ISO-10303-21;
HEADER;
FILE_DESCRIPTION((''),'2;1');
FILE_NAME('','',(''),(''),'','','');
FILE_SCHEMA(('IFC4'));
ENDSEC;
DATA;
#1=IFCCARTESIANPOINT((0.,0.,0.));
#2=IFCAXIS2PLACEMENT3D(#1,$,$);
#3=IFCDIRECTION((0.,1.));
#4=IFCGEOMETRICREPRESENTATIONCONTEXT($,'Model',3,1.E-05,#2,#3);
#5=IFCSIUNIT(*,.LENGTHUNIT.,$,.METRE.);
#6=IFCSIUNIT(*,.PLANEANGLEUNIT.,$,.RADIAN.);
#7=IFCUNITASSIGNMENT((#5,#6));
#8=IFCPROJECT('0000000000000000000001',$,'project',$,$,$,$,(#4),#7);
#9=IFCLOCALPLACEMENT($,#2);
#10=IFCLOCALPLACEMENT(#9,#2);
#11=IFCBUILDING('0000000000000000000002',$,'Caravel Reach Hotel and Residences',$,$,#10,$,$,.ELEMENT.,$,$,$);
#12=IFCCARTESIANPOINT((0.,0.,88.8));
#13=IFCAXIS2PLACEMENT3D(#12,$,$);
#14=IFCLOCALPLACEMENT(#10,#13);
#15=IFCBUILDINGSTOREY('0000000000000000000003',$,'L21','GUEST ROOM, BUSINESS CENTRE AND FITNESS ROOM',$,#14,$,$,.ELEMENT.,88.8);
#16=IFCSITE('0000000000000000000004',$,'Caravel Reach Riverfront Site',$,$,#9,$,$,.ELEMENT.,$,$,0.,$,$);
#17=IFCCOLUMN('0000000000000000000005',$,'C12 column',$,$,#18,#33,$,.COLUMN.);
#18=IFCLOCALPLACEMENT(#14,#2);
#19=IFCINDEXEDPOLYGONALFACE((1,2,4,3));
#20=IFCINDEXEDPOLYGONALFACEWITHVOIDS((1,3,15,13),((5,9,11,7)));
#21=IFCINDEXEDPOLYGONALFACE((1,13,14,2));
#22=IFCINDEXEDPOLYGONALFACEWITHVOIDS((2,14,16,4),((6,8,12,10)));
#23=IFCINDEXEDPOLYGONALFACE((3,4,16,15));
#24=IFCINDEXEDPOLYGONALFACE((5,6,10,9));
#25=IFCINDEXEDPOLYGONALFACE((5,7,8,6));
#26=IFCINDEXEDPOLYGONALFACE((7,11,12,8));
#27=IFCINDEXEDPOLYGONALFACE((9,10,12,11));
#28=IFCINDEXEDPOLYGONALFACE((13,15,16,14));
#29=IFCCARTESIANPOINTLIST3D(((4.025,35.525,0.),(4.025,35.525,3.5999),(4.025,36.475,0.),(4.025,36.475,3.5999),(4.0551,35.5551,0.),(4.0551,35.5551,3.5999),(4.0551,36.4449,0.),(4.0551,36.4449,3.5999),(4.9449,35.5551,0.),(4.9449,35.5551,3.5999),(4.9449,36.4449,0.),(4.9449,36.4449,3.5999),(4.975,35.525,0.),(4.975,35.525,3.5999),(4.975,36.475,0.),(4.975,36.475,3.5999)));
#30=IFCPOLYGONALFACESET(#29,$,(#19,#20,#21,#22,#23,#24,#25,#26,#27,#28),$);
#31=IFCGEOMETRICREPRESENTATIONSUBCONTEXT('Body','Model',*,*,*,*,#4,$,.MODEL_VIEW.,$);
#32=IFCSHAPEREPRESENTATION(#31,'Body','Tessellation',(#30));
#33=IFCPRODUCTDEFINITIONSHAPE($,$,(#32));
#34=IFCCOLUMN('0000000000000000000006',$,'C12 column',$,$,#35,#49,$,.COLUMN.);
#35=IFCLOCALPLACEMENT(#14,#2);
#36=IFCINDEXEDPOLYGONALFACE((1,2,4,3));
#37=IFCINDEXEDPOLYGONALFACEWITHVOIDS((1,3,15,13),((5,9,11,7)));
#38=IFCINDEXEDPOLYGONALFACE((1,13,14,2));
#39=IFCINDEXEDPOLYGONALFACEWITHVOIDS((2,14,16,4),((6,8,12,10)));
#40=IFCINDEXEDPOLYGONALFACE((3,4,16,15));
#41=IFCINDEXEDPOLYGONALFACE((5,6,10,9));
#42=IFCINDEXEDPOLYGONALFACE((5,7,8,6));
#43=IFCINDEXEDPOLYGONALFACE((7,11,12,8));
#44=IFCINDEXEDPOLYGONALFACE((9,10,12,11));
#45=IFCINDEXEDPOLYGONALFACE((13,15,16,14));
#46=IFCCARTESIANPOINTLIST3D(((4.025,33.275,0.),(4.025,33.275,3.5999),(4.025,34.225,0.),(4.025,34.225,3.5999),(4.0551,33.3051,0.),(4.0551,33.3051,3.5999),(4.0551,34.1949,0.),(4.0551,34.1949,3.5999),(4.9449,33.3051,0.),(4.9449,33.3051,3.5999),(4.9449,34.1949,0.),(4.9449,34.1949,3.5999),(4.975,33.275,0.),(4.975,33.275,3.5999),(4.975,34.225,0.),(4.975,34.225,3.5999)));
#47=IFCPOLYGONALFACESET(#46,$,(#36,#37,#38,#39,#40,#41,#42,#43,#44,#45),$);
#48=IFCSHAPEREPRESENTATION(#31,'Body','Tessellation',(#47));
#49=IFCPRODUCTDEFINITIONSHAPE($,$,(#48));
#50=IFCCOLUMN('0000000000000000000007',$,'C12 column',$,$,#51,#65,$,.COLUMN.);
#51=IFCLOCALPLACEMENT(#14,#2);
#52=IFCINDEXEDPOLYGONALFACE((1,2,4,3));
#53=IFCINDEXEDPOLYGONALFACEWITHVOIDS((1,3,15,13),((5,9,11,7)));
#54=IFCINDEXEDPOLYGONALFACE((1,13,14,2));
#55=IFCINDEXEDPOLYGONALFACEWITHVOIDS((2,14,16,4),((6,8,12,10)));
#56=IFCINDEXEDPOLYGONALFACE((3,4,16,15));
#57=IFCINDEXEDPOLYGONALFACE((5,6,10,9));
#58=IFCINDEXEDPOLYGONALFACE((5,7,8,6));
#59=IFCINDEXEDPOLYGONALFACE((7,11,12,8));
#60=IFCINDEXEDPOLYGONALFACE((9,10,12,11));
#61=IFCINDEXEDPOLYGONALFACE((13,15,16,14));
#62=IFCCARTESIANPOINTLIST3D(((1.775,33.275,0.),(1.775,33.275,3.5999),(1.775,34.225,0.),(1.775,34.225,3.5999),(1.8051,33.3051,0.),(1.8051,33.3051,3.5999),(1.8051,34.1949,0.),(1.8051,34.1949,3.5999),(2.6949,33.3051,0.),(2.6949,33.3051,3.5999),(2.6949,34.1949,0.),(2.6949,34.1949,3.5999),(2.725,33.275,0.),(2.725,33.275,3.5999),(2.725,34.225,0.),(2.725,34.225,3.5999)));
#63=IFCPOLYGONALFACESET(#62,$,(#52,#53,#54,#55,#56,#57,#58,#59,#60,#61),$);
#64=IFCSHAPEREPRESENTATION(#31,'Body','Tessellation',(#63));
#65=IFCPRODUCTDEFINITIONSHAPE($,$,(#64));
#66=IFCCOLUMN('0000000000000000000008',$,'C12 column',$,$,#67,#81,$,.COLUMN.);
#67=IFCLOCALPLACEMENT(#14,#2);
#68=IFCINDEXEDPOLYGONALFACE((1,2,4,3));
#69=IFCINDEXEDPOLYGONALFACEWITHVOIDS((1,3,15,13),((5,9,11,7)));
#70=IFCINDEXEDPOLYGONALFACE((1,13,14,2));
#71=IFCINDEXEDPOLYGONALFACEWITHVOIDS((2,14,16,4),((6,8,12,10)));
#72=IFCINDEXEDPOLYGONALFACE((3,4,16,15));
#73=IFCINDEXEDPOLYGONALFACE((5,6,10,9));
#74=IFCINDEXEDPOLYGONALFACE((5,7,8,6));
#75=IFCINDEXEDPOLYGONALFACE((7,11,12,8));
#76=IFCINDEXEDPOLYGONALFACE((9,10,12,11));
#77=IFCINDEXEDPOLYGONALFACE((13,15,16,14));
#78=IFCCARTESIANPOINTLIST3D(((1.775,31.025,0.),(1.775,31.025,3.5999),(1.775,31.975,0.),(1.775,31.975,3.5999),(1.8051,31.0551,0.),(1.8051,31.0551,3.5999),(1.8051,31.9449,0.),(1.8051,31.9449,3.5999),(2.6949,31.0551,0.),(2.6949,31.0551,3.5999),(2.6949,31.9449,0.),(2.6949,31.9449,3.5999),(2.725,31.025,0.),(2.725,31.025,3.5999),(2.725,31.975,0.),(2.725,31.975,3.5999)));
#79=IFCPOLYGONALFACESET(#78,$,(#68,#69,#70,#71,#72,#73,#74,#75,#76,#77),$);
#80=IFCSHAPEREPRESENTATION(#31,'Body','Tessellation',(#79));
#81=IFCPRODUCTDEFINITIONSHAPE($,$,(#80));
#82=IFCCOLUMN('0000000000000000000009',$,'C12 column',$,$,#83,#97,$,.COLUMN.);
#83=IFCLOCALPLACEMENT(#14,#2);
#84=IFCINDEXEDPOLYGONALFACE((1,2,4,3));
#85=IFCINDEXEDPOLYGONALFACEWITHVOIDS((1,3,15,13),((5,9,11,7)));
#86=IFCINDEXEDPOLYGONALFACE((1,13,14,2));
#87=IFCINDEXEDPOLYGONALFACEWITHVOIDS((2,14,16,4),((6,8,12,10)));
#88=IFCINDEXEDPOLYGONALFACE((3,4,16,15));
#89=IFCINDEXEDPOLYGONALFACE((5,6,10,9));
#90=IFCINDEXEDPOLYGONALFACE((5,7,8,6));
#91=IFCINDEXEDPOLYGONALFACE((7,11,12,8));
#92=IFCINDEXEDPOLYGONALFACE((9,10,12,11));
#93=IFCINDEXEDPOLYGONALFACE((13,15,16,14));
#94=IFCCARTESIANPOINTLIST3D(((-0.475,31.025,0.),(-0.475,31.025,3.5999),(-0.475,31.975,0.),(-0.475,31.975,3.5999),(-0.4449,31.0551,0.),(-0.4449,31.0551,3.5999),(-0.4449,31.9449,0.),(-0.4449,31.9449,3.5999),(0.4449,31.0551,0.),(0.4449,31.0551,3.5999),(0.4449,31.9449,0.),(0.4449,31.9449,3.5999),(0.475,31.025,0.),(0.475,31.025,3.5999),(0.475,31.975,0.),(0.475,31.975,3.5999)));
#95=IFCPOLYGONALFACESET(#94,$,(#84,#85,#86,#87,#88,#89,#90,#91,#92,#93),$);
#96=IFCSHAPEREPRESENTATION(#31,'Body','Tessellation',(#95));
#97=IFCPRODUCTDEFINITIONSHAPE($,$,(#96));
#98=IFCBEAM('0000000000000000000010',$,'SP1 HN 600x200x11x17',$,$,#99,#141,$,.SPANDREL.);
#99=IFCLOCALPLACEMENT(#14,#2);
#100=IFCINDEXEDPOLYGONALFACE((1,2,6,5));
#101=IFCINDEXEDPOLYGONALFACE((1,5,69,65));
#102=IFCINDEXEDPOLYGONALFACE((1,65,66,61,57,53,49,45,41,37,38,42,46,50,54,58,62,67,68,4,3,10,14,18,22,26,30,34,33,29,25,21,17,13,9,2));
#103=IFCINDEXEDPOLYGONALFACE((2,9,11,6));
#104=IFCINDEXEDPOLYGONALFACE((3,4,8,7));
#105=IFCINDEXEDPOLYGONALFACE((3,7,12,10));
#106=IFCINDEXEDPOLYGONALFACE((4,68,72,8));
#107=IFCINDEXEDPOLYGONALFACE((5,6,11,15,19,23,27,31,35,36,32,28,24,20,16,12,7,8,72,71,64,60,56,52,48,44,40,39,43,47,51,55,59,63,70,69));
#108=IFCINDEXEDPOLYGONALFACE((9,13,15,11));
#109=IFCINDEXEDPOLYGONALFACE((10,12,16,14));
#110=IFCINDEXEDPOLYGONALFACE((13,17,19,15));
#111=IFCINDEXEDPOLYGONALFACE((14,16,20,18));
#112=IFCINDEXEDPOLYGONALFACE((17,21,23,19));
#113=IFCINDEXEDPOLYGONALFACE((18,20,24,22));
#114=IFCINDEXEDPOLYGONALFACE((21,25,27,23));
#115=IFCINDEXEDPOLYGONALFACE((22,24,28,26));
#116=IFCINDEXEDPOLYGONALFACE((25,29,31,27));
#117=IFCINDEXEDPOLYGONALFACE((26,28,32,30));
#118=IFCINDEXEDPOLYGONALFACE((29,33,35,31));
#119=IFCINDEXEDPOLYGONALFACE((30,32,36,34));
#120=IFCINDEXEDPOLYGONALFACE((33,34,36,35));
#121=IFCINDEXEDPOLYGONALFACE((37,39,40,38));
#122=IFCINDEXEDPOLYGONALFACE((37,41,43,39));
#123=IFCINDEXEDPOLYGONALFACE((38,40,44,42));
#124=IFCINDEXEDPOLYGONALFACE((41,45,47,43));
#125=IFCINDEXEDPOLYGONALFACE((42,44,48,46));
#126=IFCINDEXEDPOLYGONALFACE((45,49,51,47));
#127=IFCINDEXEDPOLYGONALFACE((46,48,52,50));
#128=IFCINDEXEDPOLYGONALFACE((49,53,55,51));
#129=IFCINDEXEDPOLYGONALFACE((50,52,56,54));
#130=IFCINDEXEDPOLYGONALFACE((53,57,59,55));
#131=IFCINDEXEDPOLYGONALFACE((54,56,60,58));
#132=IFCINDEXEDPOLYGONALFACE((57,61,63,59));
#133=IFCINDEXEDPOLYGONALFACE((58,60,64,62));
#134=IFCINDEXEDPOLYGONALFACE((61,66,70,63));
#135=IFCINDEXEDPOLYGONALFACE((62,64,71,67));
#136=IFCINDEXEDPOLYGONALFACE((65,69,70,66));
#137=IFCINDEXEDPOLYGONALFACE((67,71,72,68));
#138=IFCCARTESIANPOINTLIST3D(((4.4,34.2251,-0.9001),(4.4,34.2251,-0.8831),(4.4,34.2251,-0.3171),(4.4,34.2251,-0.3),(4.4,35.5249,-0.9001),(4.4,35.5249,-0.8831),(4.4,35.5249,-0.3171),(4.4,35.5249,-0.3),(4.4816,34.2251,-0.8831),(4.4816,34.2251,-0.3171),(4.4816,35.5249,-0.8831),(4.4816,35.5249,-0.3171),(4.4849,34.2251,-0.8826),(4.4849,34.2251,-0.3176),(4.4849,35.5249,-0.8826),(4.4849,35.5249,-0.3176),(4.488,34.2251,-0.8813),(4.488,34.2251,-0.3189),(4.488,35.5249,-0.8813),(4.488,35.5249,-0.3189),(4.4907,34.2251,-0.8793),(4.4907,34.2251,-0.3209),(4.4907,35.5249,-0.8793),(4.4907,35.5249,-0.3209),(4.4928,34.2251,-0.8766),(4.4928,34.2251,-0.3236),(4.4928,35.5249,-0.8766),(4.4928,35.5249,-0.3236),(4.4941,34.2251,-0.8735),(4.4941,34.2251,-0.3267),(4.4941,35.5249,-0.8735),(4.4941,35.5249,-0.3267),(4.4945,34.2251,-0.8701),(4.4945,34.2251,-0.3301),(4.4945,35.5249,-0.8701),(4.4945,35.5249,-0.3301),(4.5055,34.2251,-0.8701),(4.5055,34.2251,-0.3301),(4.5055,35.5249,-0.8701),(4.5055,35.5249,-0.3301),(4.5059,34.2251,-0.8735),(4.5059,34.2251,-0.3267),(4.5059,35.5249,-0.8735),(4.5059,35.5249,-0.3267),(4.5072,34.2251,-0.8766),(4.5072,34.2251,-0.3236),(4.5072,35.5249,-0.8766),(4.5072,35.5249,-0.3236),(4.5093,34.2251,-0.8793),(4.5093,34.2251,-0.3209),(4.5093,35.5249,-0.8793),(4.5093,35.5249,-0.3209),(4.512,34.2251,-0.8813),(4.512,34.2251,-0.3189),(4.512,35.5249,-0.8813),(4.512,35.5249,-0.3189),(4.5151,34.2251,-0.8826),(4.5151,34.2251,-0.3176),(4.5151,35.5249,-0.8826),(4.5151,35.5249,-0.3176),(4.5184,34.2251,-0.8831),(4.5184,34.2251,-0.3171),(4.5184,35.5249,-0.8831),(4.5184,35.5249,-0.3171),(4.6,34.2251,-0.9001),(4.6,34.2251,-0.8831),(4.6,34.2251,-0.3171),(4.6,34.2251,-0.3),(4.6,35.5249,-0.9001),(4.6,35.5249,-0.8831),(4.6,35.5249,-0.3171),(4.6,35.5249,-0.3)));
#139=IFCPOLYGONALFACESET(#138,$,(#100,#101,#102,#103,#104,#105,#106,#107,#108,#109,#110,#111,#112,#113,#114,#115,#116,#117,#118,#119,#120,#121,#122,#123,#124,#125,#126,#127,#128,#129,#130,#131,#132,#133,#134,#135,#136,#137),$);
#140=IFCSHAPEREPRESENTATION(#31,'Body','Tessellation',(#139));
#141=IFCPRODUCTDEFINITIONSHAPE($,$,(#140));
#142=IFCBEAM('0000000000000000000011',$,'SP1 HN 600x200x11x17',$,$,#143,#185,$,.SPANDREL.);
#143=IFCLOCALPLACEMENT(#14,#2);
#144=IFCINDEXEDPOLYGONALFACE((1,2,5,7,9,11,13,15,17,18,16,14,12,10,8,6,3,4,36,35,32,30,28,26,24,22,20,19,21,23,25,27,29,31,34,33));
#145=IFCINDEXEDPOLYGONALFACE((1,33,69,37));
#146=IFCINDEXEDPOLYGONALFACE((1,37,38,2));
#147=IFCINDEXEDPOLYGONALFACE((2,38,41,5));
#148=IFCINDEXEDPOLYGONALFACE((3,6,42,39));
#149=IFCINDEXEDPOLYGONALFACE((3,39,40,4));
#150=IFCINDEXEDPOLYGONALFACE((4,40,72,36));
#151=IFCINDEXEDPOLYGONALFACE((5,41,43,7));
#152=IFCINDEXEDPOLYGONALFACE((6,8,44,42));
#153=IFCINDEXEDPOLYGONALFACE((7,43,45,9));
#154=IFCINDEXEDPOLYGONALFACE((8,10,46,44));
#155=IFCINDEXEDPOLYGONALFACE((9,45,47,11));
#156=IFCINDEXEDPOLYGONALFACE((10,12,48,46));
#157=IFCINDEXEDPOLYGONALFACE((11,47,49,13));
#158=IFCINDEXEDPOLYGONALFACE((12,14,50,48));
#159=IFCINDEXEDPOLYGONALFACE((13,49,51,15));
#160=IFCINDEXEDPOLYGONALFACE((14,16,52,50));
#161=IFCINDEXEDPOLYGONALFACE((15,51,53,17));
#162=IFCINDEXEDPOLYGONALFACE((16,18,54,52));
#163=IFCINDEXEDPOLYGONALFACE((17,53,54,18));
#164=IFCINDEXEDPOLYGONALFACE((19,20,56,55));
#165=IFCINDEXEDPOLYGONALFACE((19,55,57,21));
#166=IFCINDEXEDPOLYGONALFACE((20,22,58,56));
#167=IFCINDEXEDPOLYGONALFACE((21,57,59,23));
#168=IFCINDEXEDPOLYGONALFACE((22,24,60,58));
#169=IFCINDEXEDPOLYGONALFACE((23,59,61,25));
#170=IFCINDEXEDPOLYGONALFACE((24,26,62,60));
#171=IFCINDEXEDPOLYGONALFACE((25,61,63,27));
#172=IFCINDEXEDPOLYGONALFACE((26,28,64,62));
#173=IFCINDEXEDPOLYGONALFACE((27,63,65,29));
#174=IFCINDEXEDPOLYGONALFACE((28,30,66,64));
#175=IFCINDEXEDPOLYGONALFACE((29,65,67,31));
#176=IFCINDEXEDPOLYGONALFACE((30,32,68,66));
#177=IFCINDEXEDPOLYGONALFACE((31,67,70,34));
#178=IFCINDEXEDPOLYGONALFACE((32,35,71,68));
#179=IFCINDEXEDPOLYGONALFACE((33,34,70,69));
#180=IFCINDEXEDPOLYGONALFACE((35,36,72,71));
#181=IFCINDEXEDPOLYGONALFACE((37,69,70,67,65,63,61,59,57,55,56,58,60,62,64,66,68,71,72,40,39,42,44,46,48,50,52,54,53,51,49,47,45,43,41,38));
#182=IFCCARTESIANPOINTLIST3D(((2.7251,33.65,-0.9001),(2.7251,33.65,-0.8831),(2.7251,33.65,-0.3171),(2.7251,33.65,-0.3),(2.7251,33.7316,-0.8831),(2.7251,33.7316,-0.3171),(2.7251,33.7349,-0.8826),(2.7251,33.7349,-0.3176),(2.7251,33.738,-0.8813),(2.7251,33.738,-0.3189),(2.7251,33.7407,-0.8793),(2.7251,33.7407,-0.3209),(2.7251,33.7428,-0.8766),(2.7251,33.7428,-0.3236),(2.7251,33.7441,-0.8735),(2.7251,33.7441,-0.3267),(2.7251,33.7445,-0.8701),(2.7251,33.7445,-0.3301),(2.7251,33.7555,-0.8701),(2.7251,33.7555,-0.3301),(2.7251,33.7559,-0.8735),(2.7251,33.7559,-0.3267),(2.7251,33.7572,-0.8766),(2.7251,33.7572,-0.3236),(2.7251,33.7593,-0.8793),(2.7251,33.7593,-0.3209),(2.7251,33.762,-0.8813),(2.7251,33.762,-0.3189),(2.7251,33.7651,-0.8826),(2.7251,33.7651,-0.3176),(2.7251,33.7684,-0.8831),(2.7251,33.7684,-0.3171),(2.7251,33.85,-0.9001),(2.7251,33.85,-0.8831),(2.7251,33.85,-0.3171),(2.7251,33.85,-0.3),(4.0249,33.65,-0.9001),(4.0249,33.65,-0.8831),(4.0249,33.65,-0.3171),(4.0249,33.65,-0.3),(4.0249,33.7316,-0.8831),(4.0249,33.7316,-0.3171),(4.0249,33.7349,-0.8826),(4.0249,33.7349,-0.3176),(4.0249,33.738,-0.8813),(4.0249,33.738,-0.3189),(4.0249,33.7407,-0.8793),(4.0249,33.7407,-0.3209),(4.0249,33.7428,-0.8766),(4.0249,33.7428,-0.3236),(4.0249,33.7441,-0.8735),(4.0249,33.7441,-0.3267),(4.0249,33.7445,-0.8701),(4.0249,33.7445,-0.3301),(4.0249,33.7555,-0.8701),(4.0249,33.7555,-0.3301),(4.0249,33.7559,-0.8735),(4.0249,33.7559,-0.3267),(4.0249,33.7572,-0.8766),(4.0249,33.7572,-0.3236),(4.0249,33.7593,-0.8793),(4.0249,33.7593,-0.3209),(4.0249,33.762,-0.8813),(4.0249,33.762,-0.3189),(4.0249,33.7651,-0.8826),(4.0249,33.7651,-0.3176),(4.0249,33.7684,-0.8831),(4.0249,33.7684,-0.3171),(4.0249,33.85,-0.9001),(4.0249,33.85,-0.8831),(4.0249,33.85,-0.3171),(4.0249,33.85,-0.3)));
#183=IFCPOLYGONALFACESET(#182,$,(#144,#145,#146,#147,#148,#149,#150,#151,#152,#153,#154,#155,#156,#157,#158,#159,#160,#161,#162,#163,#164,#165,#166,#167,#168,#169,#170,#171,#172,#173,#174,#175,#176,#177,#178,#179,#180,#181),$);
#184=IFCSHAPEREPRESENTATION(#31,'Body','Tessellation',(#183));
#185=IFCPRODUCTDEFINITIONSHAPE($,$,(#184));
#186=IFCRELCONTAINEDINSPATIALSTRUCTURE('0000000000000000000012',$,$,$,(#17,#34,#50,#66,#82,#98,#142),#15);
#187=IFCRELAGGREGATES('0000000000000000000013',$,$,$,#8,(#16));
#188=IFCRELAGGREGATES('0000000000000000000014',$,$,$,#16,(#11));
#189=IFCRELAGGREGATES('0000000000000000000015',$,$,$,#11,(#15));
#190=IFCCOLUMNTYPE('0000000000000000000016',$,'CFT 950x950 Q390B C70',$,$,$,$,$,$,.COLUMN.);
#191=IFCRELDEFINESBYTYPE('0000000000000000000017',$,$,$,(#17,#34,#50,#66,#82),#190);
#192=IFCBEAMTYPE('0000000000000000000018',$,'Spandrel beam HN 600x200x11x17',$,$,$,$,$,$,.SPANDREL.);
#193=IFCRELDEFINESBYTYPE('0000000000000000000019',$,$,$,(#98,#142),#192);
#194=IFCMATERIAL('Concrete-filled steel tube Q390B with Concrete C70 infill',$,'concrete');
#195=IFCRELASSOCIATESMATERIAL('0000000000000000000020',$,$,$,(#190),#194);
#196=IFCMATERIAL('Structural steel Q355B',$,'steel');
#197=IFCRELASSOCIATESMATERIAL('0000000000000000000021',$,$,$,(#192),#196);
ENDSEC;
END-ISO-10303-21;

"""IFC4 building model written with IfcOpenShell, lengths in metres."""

from ifc_helpers import new_model, si_unit, direction, frame, origin, origin_2d, place, context, subcontext, project, spatial, hollow_rectangle, i_section, extrude, material, material_profile, profile_set, type_object, element, save


model = new_model("IFC4")

# Units and contexts
model_context = context("Model", 3, precision=1e-05, world=origin(), true_north=direction((0.0, 1.0)))
body_context = subcontext(model_context, "Body", "Model", "MODEL_VIEW")
ifc_project = project(units=[si_unit("LENGTHUNIT", "METRE"), si_unit("PLANEANGLEUNIT", "RADIAN")], contexts=[model_context])

# Site, building, storey
site_placement = place(None, origin())
site = spatial("IfcSite", under=ifc_project, at=site_placement, Name="Caravel Reach Riverfront Site", CompositionType="ELEMENT", RefElevation=0.0)
building_placement = place(site_placement, origin())
building = spatial("IfcBuilding", under=site, at=building_placement, Name="Caravel Reach Hotel and Residences", CompositionType="ELEMENT")
storey_placement = place(building_placement, frame((0.0, 0.0, 88.8)))
storey = spatial("IfcBuildingStorey", under=building, at=storey_placement, Name="L21", Description="GUEST ROOM, BUSINESS CENTRE AND FITNESS ROOM", CompositionType="ELEMENT", Elevation=88.8)

# Columns
ifc_material_1 = material(Name="Concrete-filled steel tube Q390B with Concrete C70 infill", Category="concrete")
ifc_material_profile_1 = material_profile(ifc_material_1, hollow_rectangle(XDim=0.95, YDim=0.95, WallThickness=0.03, at=origin_2d()), Name="RHS 950x950x30")
ifc_profile_set_1 = profile_set([ifc_material_profile_1], Name="Concrete-filled steel tube Q390B with Concrete C70 infill")
column_type = type_object("IfcColumnType", Name="CFT 950x950 Q390B C70", PredefinedType="COLUMN", material=ifc_profile_set_1)
for number, where, z_axis, x_axis, name in (
    (1, (4.5, 36.0, 0.0), (0.0, 0.0, 1.0), (1.0, 0.0, 0.0), "C12 column"),
    (2, (4.5, 33.75, 0.0), (0.0, 0.0, 1.0), (1.0, 0.0, 0.0), "C12 column"),
    (3, (2.25, 33.75, 0.0), (0.0, 0.0, 1.0), (1.0, 0.0, 0.0), "C12 column"),
    (4, (2.25, 31.5, 0.0), (0.0, 0.0, 1.0), (1.0, 0.0, 0.0), "C12 column"),
    (5, (0.0, 31.5, 0.0), (0.0, 0.0, 1.0), (1.0, 0.0, 0.0), "C12 column"),
):
    element("IfcColumn", number, at=place(storey_placement, frame(where, z_axis=z_axis, x_axis=x_axis)), inside=storey, type_object=column_type, Name=name, PredefinedType="COLUMN", context=body_context, shape_type="SweptSolid", body=[
        extrude(hollow_rectangle(XDim=0.95, YDim=0.95, WallThickness=0.03, at=origin_2d()), origin(), (0.0, 0.0, 1.0), 3.5999),
    ])

# Beams
ifc_material_2 = material(Name="Structural steel Q355B", Category="steel")
ifc_material_profile_2 = material_profile(ifc_material_2, i_section(OverallWidth=0.2, OverallDepth=0.6001, WebThickness=0.011, FlangeThickness=0.0171, FilletRadius=0.0129, at=origin_2d()), Name="HN 600x200x11x17")
ifc_profile_set_2 = profile_set([ifc_material_profile_2], Name="Structural steel Q355B")
beam_type = type_object("IfcBeamType", Name="Spandrel beam HN 600x200x11x17", PredefinedType="SPANDREL", material=ifc_profile_set_2)
for number, where, z_axis, x_axis, name in (
    (6, (4.5, 35.5249, -0.6001), (0.0, -1.0, 0.0), (1.0, 0.0, 0.0), "SP1 HN 600x200x11x17"),
    (7, (4.0249, 33.75, -0.6001), (-1.0, 0.0, 0.0), (0.0, -1.0, 0.0), "SP1 HN 600x200x11x17"),
):
    element("IfcBeam", number, at=place(storey_placement, frame(where, z_axis=z_axis, x_axis=x_axis)), inside=storey, type_object=beam_type, Name=name, PredefinedType="SPANDREL", context=body_context, shape_type="SweptSolid", body=[
        extrude(i_section(OverallWidth=0.2, OverallDepth=0.6001, WebThickness=0.011, FlangeThickness=0.0171, FilletRadius=0.0129, at=origin_2d()), origin(), (0.0, 0.0, 1.0), 1.2998),
    ])

save(model, "model.ifc")
